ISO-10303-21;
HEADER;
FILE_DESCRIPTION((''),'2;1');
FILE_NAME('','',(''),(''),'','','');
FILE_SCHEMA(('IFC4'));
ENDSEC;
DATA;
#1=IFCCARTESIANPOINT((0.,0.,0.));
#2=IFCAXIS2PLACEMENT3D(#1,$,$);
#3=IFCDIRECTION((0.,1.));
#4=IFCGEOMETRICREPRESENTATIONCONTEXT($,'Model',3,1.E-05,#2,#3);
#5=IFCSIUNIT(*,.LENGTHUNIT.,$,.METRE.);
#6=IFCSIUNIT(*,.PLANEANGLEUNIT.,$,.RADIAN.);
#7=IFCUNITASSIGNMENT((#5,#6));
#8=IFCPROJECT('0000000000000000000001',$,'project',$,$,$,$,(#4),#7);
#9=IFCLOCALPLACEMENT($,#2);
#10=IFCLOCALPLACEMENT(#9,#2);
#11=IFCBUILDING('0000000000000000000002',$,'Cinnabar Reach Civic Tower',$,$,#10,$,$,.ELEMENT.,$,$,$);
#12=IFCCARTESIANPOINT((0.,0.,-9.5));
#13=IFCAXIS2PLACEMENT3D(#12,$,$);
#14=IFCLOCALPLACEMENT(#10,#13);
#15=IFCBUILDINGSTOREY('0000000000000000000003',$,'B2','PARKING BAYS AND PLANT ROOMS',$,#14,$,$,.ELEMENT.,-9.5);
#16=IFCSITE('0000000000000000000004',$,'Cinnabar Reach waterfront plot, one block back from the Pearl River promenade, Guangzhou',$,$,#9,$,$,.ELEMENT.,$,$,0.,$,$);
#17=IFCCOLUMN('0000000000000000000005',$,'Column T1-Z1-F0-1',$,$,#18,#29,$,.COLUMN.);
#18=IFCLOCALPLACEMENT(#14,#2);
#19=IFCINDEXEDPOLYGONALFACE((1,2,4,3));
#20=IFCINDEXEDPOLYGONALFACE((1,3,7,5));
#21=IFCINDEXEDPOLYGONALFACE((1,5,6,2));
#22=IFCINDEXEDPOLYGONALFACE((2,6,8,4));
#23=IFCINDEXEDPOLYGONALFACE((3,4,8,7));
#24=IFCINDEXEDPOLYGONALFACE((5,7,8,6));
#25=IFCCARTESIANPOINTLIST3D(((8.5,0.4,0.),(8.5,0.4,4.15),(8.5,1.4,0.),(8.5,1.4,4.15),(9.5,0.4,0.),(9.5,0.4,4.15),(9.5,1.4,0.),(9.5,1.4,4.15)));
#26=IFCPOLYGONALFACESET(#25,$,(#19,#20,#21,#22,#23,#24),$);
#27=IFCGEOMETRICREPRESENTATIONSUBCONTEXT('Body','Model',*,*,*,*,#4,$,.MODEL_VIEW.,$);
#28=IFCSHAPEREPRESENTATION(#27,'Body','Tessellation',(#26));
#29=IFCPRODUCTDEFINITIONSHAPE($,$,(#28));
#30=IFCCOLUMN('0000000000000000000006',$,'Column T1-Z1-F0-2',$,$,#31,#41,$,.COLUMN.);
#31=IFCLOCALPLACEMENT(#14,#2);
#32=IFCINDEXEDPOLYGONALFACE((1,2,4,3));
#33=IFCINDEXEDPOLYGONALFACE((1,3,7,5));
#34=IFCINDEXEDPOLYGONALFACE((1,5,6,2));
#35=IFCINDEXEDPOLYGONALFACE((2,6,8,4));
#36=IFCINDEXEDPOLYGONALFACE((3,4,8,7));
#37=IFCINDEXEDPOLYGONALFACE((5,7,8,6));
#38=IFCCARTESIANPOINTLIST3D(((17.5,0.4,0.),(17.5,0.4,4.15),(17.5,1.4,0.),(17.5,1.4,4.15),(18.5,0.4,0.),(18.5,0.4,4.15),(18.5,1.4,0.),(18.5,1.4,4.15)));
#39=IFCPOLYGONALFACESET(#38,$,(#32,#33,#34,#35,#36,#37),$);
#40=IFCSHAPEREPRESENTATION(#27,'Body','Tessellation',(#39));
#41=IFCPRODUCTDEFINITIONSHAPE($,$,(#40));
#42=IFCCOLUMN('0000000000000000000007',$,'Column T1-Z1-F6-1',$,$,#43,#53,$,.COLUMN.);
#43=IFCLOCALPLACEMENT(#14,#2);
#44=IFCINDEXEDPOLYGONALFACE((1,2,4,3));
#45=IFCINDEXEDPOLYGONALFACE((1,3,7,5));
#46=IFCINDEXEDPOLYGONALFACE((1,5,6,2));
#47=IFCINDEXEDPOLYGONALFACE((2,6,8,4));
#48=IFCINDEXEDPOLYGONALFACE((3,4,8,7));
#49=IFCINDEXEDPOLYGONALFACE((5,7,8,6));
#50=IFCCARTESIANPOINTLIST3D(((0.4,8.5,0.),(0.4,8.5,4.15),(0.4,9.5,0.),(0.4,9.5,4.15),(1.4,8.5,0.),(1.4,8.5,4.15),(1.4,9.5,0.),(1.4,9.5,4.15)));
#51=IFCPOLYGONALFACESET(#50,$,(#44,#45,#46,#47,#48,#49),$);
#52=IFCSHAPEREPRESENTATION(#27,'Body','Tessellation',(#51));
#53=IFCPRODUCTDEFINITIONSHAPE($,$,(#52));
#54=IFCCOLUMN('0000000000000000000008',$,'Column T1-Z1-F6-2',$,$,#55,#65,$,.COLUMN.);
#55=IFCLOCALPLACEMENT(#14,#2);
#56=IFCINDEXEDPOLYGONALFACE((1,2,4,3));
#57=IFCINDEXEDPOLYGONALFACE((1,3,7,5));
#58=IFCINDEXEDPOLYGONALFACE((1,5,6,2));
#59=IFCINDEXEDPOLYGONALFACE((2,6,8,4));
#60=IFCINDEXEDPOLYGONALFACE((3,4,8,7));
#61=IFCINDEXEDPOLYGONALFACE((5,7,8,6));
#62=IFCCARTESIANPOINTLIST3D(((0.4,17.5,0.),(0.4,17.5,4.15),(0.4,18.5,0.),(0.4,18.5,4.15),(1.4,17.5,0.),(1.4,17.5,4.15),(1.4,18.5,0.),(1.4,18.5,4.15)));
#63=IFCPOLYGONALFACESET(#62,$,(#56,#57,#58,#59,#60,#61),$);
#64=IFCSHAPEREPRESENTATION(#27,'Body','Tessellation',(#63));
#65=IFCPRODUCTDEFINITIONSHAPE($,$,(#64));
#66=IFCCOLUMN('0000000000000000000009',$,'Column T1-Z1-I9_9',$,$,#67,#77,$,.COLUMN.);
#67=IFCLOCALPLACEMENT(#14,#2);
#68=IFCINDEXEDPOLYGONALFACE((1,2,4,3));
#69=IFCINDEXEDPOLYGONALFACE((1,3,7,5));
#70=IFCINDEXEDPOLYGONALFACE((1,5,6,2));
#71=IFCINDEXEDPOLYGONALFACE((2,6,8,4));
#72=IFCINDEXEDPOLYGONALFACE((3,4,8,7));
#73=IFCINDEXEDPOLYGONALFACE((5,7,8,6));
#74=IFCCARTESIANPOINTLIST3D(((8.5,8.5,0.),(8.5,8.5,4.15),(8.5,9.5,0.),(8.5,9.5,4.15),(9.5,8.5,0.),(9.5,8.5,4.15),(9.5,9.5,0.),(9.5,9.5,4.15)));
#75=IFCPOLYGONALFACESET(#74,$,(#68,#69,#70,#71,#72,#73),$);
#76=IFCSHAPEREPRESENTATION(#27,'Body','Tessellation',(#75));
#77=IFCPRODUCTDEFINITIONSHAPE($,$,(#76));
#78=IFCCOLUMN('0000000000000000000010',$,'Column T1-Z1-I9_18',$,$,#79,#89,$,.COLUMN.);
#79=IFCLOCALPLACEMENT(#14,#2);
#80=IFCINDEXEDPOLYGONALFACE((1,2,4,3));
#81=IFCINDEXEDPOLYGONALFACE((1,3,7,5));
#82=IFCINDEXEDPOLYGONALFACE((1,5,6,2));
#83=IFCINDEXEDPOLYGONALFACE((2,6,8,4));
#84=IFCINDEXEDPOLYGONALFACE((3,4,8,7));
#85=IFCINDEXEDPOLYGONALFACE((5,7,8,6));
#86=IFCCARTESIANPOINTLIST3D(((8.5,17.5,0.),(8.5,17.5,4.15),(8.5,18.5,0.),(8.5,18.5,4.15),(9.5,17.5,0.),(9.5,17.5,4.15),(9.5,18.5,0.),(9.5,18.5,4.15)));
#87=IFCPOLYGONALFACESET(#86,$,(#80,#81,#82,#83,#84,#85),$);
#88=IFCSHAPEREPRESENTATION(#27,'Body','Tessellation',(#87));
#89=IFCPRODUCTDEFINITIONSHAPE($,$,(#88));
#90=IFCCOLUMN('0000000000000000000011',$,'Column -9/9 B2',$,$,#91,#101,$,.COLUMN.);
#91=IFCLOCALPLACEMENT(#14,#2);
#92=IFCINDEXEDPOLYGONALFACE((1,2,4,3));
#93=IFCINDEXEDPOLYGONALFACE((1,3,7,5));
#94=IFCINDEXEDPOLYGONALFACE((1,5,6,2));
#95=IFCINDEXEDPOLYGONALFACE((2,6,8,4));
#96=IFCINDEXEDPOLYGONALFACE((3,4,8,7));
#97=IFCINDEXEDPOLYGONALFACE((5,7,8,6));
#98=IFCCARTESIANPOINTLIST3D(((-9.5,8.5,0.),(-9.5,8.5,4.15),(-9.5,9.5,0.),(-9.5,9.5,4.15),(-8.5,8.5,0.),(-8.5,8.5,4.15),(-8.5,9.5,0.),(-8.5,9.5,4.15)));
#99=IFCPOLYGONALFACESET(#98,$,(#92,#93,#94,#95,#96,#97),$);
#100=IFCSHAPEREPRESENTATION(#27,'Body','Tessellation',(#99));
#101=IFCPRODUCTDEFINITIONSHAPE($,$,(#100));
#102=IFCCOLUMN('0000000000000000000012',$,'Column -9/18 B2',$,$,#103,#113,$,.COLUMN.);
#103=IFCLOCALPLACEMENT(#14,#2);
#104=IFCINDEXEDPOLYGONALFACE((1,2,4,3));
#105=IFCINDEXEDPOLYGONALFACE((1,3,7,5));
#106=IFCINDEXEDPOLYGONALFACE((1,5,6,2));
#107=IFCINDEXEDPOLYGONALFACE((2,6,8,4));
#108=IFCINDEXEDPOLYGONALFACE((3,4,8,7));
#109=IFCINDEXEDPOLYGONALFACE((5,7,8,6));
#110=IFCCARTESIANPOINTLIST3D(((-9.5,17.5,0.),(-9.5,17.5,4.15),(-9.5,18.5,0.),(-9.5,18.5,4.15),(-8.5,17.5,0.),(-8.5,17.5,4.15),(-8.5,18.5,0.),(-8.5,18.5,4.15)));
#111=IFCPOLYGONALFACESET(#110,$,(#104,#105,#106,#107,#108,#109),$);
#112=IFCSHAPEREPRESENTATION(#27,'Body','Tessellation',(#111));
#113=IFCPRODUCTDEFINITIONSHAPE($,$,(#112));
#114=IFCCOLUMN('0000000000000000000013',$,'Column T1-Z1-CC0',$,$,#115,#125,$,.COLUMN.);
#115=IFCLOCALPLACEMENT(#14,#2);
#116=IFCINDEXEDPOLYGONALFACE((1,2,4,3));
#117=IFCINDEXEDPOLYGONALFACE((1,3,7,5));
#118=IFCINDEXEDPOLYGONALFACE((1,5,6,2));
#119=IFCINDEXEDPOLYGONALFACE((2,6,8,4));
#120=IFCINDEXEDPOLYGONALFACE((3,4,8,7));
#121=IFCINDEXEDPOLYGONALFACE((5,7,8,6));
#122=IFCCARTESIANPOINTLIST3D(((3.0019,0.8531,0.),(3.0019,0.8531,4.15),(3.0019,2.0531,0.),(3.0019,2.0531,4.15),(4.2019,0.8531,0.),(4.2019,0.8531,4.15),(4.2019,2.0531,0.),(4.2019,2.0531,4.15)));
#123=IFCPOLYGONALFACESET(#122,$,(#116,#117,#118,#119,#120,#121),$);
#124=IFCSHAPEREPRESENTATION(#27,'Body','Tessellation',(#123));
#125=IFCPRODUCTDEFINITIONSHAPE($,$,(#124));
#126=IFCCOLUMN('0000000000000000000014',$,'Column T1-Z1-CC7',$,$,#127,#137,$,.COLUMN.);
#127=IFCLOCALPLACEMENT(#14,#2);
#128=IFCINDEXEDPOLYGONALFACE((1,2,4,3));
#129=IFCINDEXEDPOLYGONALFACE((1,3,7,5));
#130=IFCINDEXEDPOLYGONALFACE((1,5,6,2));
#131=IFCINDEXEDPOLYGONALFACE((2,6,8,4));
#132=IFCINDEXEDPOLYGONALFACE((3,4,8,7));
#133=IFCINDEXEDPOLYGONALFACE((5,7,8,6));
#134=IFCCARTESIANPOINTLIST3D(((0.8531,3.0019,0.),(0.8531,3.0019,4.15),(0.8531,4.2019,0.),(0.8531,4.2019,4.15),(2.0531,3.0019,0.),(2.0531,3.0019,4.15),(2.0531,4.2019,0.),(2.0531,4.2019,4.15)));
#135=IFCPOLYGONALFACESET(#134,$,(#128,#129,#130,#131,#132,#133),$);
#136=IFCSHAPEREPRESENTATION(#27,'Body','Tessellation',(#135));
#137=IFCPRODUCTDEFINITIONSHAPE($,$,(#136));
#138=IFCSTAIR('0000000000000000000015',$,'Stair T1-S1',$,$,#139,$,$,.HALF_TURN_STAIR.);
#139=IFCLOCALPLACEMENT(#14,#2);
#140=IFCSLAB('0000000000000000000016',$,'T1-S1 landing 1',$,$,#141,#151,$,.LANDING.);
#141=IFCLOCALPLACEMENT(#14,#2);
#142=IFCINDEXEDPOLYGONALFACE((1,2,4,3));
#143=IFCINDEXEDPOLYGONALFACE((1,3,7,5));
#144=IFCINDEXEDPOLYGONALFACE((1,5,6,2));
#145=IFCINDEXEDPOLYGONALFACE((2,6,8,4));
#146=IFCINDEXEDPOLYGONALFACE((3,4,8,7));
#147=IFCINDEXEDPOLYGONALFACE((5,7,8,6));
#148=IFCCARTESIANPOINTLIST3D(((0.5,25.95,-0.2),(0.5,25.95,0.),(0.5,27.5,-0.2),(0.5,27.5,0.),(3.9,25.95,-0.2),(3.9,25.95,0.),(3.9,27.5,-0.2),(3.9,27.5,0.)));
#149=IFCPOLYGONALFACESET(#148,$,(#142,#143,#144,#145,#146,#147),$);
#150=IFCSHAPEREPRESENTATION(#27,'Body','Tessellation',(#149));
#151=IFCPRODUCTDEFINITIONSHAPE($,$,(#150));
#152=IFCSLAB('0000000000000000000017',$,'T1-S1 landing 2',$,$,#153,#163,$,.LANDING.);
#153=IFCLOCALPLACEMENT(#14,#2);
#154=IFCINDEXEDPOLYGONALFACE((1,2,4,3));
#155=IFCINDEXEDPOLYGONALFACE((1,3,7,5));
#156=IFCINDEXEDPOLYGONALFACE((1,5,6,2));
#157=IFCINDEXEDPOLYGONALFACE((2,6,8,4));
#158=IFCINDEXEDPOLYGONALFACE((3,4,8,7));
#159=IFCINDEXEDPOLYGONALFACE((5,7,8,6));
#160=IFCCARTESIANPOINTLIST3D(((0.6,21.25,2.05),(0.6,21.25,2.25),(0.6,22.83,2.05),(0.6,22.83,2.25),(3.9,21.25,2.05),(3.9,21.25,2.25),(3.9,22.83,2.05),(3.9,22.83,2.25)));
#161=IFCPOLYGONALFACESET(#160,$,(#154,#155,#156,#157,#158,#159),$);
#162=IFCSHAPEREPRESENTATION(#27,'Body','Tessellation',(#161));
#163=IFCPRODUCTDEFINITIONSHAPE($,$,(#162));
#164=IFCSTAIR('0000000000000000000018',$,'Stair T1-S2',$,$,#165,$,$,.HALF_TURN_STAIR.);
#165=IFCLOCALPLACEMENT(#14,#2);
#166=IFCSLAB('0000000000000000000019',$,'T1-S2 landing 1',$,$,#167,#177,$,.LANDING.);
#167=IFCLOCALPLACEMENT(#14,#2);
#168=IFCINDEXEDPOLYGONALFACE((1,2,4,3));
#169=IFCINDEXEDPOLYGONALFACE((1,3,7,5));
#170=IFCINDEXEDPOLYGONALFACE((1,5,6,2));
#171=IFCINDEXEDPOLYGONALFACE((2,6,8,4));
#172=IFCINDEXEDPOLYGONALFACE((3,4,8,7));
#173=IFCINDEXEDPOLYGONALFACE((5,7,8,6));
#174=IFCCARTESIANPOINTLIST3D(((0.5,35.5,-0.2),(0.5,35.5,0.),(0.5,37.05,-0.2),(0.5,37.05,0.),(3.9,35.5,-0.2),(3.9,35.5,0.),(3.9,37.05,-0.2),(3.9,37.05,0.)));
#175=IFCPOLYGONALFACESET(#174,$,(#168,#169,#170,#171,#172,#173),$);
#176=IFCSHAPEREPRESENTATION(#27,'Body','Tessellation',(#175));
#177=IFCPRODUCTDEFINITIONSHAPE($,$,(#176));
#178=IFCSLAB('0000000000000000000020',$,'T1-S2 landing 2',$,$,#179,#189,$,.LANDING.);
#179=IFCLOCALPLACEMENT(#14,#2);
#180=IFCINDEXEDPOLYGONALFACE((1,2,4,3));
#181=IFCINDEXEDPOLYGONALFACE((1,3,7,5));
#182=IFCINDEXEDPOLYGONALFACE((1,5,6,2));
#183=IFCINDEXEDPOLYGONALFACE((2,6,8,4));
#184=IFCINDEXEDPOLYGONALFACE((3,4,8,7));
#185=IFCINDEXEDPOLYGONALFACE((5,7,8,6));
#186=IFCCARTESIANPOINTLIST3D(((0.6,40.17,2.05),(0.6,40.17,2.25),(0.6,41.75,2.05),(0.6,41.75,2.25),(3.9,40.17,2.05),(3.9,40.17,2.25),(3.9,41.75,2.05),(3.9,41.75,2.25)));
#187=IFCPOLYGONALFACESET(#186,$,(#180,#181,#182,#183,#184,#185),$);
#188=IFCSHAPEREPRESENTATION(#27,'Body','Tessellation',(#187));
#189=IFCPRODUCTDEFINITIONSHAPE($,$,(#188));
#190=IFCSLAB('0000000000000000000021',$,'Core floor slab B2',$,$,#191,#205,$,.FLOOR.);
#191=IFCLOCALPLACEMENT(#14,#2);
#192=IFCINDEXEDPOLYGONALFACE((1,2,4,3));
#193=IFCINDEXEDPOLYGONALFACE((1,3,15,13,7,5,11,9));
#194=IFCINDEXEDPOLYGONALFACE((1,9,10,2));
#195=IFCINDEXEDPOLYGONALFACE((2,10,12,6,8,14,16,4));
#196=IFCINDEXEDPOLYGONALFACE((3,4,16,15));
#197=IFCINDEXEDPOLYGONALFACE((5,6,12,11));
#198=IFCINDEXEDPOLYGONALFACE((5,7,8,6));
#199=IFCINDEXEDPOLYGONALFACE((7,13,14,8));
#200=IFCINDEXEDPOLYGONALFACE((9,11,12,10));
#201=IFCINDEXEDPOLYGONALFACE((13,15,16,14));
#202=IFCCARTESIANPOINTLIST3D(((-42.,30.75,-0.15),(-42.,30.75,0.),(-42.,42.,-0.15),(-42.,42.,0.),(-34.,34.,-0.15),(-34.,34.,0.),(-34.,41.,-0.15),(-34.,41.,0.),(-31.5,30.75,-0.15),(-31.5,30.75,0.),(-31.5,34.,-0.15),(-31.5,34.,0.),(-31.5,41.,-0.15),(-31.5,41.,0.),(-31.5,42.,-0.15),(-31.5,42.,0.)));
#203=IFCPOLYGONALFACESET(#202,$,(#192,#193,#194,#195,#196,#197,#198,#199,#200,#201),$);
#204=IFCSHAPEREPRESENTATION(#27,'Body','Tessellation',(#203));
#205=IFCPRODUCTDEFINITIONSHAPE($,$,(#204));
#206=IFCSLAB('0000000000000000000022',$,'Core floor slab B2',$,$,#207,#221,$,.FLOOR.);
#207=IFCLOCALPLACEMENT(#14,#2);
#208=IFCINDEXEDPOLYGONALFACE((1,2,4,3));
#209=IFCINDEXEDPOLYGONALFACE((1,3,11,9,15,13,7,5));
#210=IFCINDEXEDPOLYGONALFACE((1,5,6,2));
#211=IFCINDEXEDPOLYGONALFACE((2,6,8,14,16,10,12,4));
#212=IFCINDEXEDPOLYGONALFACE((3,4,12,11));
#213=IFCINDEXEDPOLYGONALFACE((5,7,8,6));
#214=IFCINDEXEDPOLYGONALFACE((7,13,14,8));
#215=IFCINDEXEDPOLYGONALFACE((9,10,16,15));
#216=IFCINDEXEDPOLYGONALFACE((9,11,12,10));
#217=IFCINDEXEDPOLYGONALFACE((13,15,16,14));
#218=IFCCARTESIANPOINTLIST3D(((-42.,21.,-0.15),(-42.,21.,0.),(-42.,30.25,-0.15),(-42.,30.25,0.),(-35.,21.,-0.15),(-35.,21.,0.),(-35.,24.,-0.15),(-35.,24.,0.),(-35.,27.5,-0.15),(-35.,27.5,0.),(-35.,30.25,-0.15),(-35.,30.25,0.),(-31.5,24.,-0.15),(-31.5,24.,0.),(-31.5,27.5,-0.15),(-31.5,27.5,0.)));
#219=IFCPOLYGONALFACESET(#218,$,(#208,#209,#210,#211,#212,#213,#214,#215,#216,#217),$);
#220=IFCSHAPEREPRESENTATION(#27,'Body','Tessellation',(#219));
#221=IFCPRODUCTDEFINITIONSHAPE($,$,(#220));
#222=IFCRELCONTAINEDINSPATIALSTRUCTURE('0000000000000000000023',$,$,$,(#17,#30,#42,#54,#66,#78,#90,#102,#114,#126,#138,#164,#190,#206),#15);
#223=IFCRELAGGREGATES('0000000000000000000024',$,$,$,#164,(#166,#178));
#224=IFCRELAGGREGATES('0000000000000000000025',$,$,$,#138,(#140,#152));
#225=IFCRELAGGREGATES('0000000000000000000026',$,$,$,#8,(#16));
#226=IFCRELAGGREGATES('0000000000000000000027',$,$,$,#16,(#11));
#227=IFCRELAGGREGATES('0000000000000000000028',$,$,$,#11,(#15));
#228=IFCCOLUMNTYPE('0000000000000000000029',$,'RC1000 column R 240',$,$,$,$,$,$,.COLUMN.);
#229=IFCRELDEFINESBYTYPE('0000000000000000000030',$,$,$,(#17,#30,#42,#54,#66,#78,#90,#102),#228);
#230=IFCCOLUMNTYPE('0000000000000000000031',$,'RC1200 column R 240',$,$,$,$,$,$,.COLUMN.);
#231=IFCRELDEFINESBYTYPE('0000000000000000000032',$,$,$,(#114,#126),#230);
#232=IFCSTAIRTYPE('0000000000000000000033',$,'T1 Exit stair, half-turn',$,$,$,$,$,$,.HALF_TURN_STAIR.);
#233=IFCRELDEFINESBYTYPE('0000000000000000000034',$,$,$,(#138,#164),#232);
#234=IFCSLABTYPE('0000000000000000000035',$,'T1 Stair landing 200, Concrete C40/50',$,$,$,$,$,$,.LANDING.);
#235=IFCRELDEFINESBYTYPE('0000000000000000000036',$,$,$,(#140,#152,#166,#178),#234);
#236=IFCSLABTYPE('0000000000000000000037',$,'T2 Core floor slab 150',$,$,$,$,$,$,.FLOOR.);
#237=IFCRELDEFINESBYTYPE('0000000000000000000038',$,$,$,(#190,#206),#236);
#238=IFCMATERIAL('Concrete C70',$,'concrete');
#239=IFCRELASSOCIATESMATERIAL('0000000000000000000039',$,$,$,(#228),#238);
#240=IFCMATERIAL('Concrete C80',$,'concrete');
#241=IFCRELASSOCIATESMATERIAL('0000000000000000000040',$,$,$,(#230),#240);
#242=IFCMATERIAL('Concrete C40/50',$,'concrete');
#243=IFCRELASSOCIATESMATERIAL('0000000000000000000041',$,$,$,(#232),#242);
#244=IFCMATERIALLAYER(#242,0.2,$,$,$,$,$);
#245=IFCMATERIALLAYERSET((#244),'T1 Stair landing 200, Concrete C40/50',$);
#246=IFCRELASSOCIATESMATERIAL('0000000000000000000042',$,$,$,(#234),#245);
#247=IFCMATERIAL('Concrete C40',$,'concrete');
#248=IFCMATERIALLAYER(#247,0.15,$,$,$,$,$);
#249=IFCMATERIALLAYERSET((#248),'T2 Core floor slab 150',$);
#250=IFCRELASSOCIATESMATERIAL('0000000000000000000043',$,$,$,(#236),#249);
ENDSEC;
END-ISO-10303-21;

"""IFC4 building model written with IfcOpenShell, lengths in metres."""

from ifc_helpers import new_model, si_unit, direction, frame, origin, origin_2d, place, context, subcontext, project, spatial, polyline, rectangle, outline, extrude, material, layer, layer_set, material_profile, profile_set, type_object, element, aggregate, save


model = new_model("IFC4")

# Units and contexts
model_context = context("Model", 3, precision=1e-05, world=origin(), true_north=direction((0.0, 1.0)))
body_context = subcontext(model_context, "Body", "Model", "MODEL_VIEW")
ifc_project = project(units=[si_unit("LENGTHUNIT", "METRE"), si_unit("PLANEANGLEUNIT", "RADIAN")], contexts=[model_context])

# Site, building, storey
site_placement = place(None, origin())
site = spatial("IfcSite", under=ifc_project, at=site_placement, Name="Cinnabar Reach waterfront plot, one block back from the Pearl River promenade, Guangzhou", CompositionType="ELEMENT", RefElevation=0.0)
building_placement = place(site_placement, origin())
building = spatial("IfcBuilding", under=site, at=building_placement, Name="Cinnabar Reach Civic Tower", CompositionType="ELEMENT")
storey_placement = place(building_placement, frame((0.0, 0.0, -9.5)))
storey = spatial("IfcBuildingStorey", under=building, at=storey_placement, Name="B2", Description="PARKING BAYS AND PLANT ROOMS", CompositionType="ELEMENT", Elevation=-9.5)

# Columns
ifc_material_1 = material(Name="Concrete C70", Category="concrete")
ifc_material_profile_1 = material_profile(ifc_material_1, rectangle(XDim=1.0, YDim=1.0, at=origin_2d()), Name="RC1000")
ifc_profile_set_1 = profile_set([ifc_material_profile_1], Name="Concrete C70")
column_type_1 = type_object("IfcColumnType", Name="RC1000 column R 240", PredefinedType="COLUMN", material=ifc_profile_set_1)
for number, where, z_axis, x_axis, name in (
    (1, (9.0, 0.9, 0.0), (0.0, 0.0, 1.0), (1.0, 0.0, 0.0), "Column T1-Z1-F0-1"),
    (2, (18.0, 0.9, 0.0), (0.0, 0.0, 1.0), (1.0, 0.0, 0.0), "Column T1-Z1-F0-2"),
    (3, (0.9, 9.0, 0.0), (0.0, 0.0, 1.0), (1.0, 0.0, 0.0), "Column T1-Z1-F6-1"),
    (4, (0.9, 18.0, 0.0), (0.0, 0.0, 1.0), (1.0, 0.0, 0.0), "Column T1-Z1-F6-2"),
    (5, (9.0, 9.0, 0.0), (0.0, 0.0, 1.0), (1.0, 0.0, 0.0), "Column T1-Z1-I9_9"),
    (6, (9.0, 18.0, 0.0), (0.0, 0.0, 1.0), (1.0, 0.0, 0.0), "Column T1-Z1-I9_18"),
    (7, (-9.0, 9.0, 0.0), (0.0, 0.0, 1.0), (1.0, 0.0, 0.0), "Column -9/9 B2"),
    (8, (-9.0, 18.0, 0.0), (0.0, 0.0, 1.0), (1.0, 0.0, 0.0), "Column -9/18 B2"),
):
    element("IfcColumn", number, at=place(storey_placement, frame(where, z_axis=z_axis, x_axis=x_axis)), inside=storey, type_object=column_type_1, Name=name, PredefinedType="COLUMN", context=body_context, shape_type="SweptSolid", body=[
        extrude(rectangle(XDim=1.0, YDim=1.0, at=origin_2d()), origin(), (0.0, 0.0, 1.0), 4.15),
    ])
ifc_material_2 = material(Name="Concrete C80", Category="concrete")
ifc_material_profile_2 = material_profile(ifc_material_2, rectangle(XDim=1.2, YDim=1.2, at=origin_2d()), Name="RC1200")
ifc_profile_set_2 = profile_set([ifc_material_profile_2], Name="Concrete C80")
column_type_2 = type_object("IfcColumnType", Name="RC1200 column R 240", PredefinedType="COLUMN", material=ifc_profile_set_2)
for number, where, z_axis, x_axis, name in (
    (9, (3.6019, 1.4531, 0.0), (0.0, 0.0, 1.0), (1.0, 0.0, 0.0), "Column T1-Z1-CC0"),
    (10, (1.4531, 3.6019, 0.0), (0.0, 0.0, 1.0), (1.0, 0.0, 0.0), "Column T1-Z1-CC7"),
):
    element("IfcColumn", number, at=place(storey_placement, frame(where, z_axis=z_axis, x_axis=x_axis)), inside=storey, type_object=column_type_2, Name=name, PredefinedType="COLUMN", context=body_context, shape_type="SweptSolid", body=[
        extrude(rectangle(XDim=1.2, YDim=1.2, at=origin_2d()), origin(), (0.0, 0.0, 1.0), 4.15),
    ])

# Stairs, slabs
ifc_material_3 = material(Name="Concrete C40/50", Category="concrete")
stair_type_1 = type_object("IfcStairType", Name="T1 Exit stair, half-turn", PredefinedType="HALF_TURN_STAIR", material=ifc_material_3)
stair_1_placement = place(storey_placement, origin())
stair_1 = element("IfcStair", 11, at=stair_1_placement, inside=storey, type_object=stair_type_1, Name="Stair T1-S1", PredefinedType="HALF_TURN_STAIR")
ifc_layer_1 = layer(ifc_material_3, 0.2)
ifc_layer_set_1 = layer_set([ifc_layer_1], Name="T1 Stair landing 200, Concrete C40/50")
slab_type_1 = type_object("IfcSlabType", Name="T1 Stair landing 200, Concrete C40/50", PredefinedType="LANDING", material=ifc_layer_set_1)
slab_1_placement = place(storey_placement, frame((0.0, 0.0, -0.2)))
slab_1 = element("IfcSlab", 12, at=slab_1_placement, type_object=slab_type_1, Name="T1-S1 landing 1", PredefinedType="LANDING", context=body_context, shape_type="SweptSolid", body=[
    extrude(outline(polyline([(3.9, 25.95), (3.9, 27.5), (0.5, 27.5), (0.5, 25.95), (3.9, 25.95)])), origin(), (0.0, 0.0, 1.0), 0.2),
])
slab_2_placement = place(storey_placement, frame((0.0, 0.0, 2.05)))
slab_2 = element("IfcSlab", 13, at=slab_2_placement, type_object=slab_type_1, Name="T1-S1 landing 2", PredefinedType="LANDING", context=body_context, shape_type="SweptSolid", body=[
    extrude(outline(polyline([(3.9, 21.25), (3.9, 22.83), (0.6, 22.83), (0.6, 21.25), (3.9, 21.25)])), origin(), (0.0, 0.0, 1.0), 0.2),
])
stair_2_placement = place(storey_placement, origin())
stair_2 = element("IfcStair", 14, at=stair_2_placement, inside=storey, type_object=stair_type_1, Name="Stair T1-S2", PredefinedType="HALF_TURN_STAIR")
slab_3_placement = place(storey_placement, frame((0.0, 0.0, -0.2)))
slab_3 = element("IfcSlab", 15, at=slab_3_placement, type_object=slab_type_1, Name="T1-S2 landing 1", PredefinedType="LANDING", context=body_context, shape_type="SweptSolid", body=[
    extrude(outline(polyline([(3.9, 35.5), (3.9, 37.05), (0.5, 37.05), (0.5, 35.5), (3.9, 35.5)])), origin(), (0.0, 0.0, 1.0), 0.2),
])
slab_4_placement = place(storey_placement, frame((0.0, 0.0, 2.05)))
slab_4 = element("IfcSlab", 16, at=slab_4_placement, type_object=slab_type_1, Name="T1-S2 landing 2", PredefinedType="LANDING", context=body_context, shape_type="SweptSolid", body=[
    extrude(outline(polyline([(3.9, 40.17), (3.9, 41.75), (0.6, 41.75), (0.6, 40.17), (3.9, 40.17)])), origin(), (0.0, 0.0, 1.0), 0.2),
])
aggregate(stair_2, [slab_3, slab_4])

# Slabs
ifc_material_4 = material(Name="Concrete C40", Category="concrete")
ifc_layer_2 = layer(ifc_material_4, 0.15)
ifc_layer_set_2 = layer_set([ifc_layer_2], Name="T2 Core floor slab 150")
slab_type_2 = type_object("IfcSlabType", Name="T2 Core floor slab 150", PredefinedType="FLOOR", material=ifc_layer_set_2)
slab_5_placement = place(storey_placement, frame((0.0, 0.0, -0.15)))
element("IfcSlab", 17, at=slab_5_placement, inside=storey, type_object=slab_type_2, Name="Core floor slab B2", PredefinedType="FLOOR", context=body_context, shape_type="SweptSolid", body=[
    extrude(outline(polyline([(-42.0, 42.0), (-31.5, 42.0), (-31.5, 41.0), (-34.0, 41.0), (-34.0, 34.0), (-31.5, 34.0), (-31.5, 30.75), (-42.0, 30.75), (-42.0, 42.0)])), origin(), (0.0, 0.0, 1.0), 0.15),
])
slab_6_placement = place(storey_placement, frame((0.0, 0.0, -0.15)))
element("IfcSlab", 18, at=slab_6_placement, inside=storey, type_object=slab_type_2, Name="Core floor slab B2", PredefinedType="FLOOR", context=body_context, shape_type="SweptSolid", body=[
    extrude(outline(polyline([(-35.0, 24.0), (-35.0, 21.0), (-42.0, 21.0), (-42.0, 30.25), (-35.0, 30.25), (-35.0, 27.5), (-31.5, 27.5), (-31.5, 24.0), (-35.0, 24.0)])), origin(), (0.0, 0.0, 1.0), 0.15),
])

aggregate(stair_1, [slab_1, slab_2])

save(model, "model.ifc")
